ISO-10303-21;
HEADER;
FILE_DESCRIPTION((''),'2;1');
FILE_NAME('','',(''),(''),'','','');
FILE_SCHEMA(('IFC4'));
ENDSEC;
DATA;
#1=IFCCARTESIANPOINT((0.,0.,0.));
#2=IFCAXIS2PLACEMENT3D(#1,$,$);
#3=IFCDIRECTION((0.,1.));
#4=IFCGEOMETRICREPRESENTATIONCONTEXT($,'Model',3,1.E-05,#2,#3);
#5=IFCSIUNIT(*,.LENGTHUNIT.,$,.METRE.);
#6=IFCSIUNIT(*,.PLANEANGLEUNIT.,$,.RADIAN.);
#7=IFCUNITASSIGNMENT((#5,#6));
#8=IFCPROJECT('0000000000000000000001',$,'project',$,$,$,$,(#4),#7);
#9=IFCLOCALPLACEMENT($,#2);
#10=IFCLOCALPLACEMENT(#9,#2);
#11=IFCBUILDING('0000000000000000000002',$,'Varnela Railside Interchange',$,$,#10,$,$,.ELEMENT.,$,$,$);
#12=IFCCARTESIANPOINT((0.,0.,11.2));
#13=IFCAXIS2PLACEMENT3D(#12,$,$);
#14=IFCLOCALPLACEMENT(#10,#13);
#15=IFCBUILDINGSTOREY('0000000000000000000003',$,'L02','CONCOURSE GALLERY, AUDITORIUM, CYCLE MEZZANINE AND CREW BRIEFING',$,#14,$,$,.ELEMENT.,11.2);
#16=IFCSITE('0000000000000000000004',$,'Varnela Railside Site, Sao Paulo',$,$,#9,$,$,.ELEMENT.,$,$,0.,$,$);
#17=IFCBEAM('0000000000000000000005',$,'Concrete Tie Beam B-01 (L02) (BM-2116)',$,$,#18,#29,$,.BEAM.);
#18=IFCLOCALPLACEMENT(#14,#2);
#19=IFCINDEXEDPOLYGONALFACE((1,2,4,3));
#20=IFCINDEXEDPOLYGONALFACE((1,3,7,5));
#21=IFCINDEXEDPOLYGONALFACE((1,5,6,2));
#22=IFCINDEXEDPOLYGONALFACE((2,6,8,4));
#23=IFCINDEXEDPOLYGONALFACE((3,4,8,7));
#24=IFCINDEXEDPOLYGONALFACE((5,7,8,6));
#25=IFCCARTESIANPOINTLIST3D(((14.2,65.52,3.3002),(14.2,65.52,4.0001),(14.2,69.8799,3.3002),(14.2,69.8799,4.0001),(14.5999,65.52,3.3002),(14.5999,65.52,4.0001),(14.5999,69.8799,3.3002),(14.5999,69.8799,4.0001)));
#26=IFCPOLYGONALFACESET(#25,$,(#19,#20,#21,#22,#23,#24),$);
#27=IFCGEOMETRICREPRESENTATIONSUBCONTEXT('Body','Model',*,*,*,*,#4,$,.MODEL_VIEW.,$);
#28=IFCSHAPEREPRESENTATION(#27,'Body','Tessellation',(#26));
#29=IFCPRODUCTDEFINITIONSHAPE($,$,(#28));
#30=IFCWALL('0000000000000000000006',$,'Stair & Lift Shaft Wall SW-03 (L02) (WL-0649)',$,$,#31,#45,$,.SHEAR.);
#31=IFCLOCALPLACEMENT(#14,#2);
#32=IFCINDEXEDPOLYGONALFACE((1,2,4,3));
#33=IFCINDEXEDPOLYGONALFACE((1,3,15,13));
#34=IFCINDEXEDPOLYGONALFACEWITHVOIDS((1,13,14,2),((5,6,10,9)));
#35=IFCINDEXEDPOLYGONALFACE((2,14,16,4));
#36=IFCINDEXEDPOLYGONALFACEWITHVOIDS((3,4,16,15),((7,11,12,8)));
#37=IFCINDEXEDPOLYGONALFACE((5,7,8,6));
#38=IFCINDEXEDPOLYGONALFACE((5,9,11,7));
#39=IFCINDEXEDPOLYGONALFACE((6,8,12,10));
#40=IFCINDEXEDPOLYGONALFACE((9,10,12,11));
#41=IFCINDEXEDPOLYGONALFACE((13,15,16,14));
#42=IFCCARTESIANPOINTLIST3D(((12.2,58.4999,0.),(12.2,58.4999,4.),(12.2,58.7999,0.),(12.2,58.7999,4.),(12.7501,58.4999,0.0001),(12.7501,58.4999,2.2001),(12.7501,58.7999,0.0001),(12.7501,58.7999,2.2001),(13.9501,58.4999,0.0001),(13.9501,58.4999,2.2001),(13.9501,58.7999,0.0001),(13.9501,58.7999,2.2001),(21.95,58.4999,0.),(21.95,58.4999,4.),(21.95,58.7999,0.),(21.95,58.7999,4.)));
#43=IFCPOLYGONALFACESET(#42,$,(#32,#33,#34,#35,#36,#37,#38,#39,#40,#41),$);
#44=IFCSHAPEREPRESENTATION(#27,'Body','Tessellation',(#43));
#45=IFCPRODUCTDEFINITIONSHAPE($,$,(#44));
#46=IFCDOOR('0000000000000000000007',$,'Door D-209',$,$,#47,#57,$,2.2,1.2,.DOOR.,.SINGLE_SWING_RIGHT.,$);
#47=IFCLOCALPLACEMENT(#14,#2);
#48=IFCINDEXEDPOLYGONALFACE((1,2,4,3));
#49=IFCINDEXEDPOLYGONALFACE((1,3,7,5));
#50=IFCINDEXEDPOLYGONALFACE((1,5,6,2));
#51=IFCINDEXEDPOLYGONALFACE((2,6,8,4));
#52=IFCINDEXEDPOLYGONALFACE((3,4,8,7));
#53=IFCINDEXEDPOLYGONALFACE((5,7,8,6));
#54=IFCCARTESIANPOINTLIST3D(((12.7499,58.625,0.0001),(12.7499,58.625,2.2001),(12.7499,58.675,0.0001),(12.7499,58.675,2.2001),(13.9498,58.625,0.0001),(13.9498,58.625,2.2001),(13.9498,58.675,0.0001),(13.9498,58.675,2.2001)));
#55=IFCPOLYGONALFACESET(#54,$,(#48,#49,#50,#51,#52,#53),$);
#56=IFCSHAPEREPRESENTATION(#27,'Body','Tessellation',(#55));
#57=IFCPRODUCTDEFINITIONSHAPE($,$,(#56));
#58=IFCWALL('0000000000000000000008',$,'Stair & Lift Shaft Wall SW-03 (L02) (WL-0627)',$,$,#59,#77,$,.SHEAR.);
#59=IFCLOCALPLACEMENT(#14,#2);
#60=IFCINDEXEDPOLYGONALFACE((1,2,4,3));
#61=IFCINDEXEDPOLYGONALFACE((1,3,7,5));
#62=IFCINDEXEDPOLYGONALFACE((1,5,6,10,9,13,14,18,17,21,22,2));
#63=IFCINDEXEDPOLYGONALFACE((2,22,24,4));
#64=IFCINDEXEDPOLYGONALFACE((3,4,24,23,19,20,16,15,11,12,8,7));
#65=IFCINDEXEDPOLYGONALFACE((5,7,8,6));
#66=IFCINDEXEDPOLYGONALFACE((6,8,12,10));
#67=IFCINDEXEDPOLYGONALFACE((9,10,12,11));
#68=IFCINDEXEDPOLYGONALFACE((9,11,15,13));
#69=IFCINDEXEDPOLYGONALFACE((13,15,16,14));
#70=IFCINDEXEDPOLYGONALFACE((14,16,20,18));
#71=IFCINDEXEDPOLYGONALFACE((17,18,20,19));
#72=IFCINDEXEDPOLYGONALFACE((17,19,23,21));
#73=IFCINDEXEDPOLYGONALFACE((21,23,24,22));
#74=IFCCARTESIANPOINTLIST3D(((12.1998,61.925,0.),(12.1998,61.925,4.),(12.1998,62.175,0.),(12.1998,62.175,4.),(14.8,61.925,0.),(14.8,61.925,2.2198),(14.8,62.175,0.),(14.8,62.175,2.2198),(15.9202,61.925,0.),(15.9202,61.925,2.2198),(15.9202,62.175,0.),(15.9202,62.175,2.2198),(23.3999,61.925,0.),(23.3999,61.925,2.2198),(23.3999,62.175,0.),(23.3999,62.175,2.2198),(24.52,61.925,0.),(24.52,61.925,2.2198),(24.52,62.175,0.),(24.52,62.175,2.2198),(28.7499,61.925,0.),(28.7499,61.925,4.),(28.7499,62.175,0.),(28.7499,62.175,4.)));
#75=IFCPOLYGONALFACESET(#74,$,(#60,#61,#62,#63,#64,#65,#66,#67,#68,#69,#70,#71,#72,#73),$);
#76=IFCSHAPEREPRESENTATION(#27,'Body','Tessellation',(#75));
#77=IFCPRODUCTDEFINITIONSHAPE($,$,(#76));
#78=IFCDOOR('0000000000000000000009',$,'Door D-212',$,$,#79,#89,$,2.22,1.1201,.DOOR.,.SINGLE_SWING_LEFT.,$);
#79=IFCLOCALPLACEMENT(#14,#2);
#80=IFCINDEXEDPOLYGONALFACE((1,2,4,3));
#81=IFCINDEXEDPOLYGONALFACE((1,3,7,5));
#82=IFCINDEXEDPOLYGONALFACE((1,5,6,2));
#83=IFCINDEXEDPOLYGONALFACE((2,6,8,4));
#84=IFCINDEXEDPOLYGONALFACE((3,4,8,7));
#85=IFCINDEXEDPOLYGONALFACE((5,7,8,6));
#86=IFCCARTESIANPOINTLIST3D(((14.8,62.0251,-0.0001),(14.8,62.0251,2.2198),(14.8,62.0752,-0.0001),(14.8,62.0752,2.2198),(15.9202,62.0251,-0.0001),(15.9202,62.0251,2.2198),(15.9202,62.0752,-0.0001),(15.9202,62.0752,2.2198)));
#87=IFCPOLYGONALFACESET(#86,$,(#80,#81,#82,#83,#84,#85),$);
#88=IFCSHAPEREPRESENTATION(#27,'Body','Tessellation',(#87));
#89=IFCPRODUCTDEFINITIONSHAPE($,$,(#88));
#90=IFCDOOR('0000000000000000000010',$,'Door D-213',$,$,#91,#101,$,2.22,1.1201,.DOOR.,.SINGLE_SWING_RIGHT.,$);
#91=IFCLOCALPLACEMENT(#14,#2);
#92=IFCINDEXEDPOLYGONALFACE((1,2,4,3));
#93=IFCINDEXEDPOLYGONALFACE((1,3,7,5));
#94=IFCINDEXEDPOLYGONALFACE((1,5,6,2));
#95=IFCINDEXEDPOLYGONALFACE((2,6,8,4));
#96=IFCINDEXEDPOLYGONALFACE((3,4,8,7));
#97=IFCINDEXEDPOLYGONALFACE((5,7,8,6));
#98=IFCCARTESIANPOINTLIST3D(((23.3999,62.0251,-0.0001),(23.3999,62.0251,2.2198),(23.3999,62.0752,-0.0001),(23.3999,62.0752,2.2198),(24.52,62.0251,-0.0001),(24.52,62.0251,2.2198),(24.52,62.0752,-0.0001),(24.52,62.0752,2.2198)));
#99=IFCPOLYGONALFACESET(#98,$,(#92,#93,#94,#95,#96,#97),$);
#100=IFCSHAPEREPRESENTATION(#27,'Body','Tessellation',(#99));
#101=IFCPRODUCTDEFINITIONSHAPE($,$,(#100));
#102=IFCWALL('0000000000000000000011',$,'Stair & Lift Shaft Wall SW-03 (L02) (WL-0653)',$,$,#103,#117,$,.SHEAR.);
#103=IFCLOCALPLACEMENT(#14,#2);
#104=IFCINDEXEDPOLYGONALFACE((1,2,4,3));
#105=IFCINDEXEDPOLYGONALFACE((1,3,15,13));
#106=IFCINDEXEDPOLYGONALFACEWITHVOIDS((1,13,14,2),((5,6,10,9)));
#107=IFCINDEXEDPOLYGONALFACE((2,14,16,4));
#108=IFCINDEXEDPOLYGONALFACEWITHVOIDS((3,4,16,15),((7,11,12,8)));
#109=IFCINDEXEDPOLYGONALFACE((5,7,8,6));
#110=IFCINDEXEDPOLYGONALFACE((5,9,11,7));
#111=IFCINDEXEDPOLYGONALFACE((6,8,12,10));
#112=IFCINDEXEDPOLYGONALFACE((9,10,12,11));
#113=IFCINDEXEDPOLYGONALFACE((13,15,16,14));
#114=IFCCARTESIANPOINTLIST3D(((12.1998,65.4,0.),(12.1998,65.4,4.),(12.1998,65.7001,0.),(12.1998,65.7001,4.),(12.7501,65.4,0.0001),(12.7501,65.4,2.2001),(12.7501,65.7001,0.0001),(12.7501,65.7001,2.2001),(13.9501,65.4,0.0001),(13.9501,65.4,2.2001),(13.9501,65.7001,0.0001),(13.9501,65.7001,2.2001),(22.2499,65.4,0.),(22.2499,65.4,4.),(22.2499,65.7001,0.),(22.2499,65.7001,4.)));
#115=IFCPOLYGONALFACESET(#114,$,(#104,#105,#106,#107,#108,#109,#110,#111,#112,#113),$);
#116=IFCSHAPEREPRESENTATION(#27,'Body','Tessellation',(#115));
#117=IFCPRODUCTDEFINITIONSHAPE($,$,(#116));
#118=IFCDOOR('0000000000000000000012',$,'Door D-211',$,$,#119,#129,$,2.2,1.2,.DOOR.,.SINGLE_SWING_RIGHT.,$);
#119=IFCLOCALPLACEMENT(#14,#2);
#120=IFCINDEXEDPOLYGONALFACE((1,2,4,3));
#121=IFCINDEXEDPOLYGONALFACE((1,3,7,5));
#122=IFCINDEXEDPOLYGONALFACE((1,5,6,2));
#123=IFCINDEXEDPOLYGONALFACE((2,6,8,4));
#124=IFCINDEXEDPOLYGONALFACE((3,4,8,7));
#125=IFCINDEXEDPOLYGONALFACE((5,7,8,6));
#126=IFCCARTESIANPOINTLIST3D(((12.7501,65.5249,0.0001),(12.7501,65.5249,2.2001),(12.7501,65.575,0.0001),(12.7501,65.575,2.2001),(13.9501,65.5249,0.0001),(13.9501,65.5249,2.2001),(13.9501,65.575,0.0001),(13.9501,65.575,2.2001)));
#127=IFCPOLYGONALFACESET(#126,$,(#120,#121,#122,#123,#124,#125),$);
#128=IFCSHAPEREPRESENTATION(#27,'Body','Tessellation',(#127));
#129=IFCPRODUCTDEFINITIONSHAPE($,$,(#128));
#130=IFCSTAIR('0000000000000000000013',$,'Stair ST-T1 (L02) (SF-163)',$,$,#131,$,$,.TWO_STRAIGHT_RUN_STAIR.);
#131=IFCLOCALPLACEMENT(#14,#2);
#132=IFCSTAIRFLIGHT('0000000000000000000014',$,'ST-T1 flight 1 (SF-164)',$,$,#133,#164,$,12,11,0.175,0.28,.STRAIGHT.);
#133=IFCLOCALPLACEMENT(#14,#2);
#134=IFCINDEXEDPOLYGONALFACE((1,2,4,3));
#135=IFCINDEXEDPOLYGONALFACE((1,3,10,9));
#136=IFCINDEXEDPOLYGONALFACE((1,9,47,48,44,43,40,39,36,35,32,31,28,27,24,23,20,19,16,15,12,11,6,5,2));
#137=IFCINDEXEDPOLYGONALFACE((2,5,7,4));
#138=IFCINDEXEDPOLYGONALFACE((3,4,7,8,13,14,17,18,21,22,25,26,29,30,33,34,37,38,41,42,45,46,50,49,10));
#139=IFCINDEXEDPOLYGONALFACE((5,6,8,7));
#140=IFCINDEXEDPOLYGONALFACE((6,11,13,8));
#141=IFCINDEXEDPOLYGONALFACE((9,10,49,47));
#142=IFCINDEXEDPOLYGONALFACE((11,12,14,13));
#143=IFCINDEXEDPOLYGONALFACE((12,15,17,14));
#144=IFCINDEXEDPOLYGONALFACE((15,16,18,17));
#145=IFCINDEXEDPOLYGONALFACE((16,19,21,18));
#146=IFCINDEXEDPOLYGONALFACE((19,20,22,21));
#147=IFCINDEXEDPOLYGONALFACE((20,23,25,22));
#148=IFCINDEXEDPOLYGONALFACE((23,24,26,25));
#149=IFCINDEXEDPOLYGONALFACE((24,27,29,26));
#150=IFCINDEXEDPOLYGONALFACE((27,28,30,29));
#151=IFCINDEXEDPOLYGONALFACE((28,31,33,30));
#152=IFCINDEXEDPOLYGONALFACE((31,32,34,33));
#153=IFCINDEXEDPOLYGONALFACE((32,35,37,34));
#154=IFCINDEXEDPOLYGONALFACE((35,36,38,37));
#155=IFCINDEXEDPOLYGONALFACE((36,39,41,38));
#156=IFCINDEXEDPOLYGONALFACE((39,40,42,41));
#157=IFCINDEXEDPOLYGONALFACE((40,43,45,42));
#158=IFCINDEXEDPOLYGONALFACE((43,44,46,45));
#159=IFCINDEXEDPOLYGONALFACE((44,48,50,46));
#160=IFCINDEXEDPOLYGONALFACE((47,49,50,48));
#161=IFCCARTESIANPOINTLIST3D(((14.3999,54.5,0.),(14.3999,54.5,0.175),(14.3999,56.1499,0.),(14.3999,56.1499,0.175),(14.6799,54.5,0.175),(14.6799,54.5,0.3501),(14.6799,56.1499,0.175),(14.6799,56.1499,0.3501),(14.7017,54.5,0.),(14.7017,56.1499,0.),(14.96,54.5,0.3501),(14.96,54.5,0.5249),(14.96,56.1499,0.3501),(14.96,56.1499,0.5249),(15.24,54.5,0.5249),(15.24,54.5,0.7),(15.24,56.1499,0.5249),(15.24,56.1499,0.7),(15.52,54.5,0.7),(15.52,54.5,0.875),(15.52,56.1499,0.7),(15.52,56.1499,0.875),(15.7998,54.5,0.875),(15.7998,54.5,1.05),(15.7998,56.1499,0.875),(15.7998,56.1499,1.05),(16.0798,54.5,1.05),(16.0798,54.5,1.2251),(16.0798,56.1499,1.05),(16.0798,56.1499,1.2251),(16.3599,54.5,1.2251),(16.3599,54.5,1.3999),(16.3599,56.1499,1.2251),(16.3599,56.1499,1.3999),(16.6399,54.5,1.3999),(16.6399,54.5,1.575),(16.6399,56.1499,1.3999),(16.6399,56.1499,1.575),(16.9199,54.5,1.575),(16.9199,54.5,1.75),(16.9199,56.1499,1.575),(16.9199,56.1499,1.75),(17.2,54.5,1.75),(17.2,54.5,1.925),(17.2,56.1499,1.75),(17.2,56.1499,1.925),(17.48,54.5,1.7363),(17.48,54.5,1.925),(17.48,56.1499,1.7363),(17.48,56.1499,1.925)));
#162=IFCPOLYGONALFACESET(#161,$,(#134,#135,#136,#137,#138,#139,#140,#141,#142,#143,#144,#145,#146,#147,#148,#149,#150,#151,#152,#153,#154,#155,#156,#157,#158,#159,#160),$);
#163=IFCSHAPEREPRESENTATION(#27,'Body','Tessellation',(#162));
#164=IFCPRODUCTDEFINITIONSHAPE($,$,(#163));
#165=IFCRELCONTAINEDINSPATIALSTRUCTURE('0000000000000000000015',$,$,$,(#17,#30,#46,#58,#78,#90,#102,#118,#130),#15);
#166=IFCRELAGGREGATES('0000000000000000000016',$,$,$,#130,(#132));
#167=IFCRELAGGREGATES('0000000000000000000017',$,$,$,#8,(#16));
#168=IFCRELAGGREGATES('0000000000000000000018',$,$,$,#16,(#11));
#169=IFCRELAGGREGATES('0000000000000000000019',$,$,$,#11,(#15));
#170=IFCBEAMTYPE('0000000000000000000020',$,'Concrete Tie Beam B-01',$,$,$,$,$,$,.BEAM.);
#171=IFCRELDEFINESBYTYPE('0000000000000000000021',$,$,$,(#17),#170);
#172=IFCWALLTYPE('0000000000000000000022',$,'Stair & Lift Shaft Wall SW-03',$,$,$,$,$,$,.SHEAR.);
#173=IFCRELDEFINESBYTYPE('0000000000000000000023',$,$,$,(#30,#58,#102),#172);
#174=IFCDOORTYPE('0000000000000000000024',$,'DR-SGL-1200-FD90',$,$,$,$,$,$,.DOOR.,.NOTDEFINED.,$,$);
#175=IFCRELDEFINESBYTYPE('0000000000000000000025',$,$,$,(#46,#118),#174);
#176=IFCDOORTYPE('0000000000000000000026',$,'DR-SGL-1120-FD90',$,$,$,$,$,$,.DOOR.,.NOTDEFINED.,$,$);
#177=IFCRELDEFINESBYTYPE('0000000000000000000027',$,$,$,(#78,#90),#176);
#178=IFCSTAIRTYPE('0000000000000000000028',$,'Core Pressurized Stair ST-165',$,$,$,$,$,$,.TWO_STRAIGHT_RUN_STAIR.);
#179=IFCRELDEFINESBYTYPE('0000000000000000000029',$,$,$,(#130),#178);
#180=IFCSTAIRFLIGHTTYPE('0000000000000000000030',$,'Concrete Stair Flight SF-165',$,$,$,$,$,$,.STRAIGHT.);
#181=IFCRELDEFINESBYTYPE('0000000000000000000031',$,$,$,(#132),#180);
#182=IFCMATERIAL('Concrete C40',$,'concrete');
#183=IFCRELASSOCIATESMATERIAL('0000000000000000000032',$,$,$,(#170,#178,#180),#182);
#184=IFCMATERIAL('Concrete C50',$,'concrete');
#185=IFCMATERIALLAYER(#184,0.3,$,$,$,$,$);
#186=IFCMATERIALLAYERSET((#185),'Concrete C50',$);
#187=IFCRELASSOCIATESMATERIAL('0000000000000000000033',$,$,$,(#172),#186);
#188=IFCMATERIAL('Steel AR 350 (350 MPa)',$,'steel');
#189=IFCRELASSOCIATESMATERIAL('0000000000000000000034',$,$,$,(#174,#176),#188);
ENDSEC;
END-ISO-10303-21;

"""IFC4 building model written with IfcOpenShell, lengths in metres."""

from ifc_helpers import new_model, si_unit, direction, frame, frame_2d, origin, origin_2d, place, context, subcontext, project, spatial, polyline, rectangle, outline, extrude, material, layer, layer_set, material_profile, profile_set, type_object, element, fill, aggregate, save


model = new_model("IFC4")

# Units and contexts
model_context = context("Model", 3, precision=1e-05, world=origin(), true_north=direction((0.0, 1.0)))
body_context = subcontext(model_context, "Body", "Model", "MODEL_VIEW")
ifc_project = project(units=[si_unit("LENGTHUNIT", "METRE"), si_unit("PLANEANGLEUNIT", "RADIAN")], contexts=[model_context])

# Site, building, storey
site_placement = place(None, origin())
site = spatial("IfcSite", under=ifc_project, at=site_placement, Name="Varnela Railside Site, Sao Paulo", CompositionType="ELEMENT", RefElevation=0.0)
building_placement = place(site_placement, origin())
building = spatial("IfcBuilding", under=site, at=building_placement, Name="Varnela Railside Interchange", CompositionType="ELEMENT")
storey_placement = place(building_placement, frame((0.0, 0.0, 11.2)))
storey = spatial("IfcBuildingStorey", under=building, at=storey_placement, Name="L02", Description="CONCOURSE GALLERY, AUDITORIUM, CYCLE MEZZANINE AND CREW BRIEFING", CompositionType="ELEMENT", Elevation=11.2)

# Beam
ifc_material_1 = material(Name="Concrete C40", Category="concrete")
ifc_material_profile = material_profile(ifc_material_1, rectangle(XDim=0.3999, YDim=0.7, at=origin_2d()), Name="RC 400x700")
ifc_profile_set = profile_set([ifc_material_profile], Name="Concrete C40")
beam_type = type_object("IfcBeamType", Name="Concrete Tie Beam B-01", PredefinedType="BEAM", material=ifc_profile_set)
beam_placement = place(storey_placement, frame((14.3999, 65.52, 3.6501), z_axis=(0.0, 1.0, 0.0), x_axis=(-1.0, 0.0, 0.0)))
element("IfcBeam", 1, at=beam_placement, inside=storey, type_object=beam_type, Name="Concrete Tie Beam B-01 (L02) (BM-2116)", PredefinedType="BEAM", context=body_context, shape_type="SweptSolid", body=[
    extrude(rectangle(XDim=0.3999, YDim=0.7, at=origin_2d()), origin(), (0.0, 0.0, 1.0), 4.3599),
])

# Wall, opening, door
ifc_material_2 = material(Name="Concrete C50", Category="concrete")
ifc_layer = layer(ifc_material_2, 0.3)
ifc_layer_set = layer_set([ifc_layer], Name="Concrete C50")
wall_type = type_object("IfcWallType", Name="Stair & Lift Shaft Wall SW-03", PredefinedType="SHEAR", material=ifc_layer_set)
wall_1_placement = place(storey_placement, frame((12.2, 58.6499, 0.0), z_axis=(0.0, 0.0, 1.0), x_axis=(1.0, 0.0, 0.0)))
wall_1 = element("IfcWall", 2, at=wall_1_placement, inside=storey, type_object=wall_type, Name="Stair & Lift Shaft Wall SW-03 (L02) (WL-0649)", PredefinedType="SHEAR", context=body_context, shape_type="SweptSolid", body=[
    extrude(rectangle(XDim=9.75, YDim=0.3, at=frame_2d((4.875, 0.0))), origin(), (0.0, 0.0, 1.0), 4.0),
])
opening_1_placement = place(wall_1_placement, frame((0.55, 0.0, 0.0)))
opening_1 = element("IfcOpeningElement", 3, at=opening_1_placement, cuts=wall_1, PredefinedType="OPENING", context=body_context, shape_type="SweptSolid", body=[
    extrude(rectangle(XDim=1.2, YDim=2.2, at=frame_2d((0.6001, 1.1001))), frame((0.0, 0.1599, 0.0), z_axis=(0.0, -1.0, 0.0), x_axis=(1.0, 0.0, 0.0)), (0.0, 0.0, 1.0), 0.3201),
])
ifc_material_3 = material(Name="Steel AR 350 (350 MPa)", Category="steel")
door_type_1 = type_object("IfcDoorType", Name="DR-SGL-1200-FD90", OperationType="NOTDEFINED", PredefinedType="DOOR", material=ifc_material_3)
door_1_placement = place(opening_1_placement, frame((1.2, 0.0, 0.0), z_axis=(0.0, 0.0, 1.0), x_axis=(-1.0, 0.0, 0.0)))
door_1 = element("IfcDoor", 4, at=door_1_placement, inside=storey, type_object=door_type_1, Name="Door D-209", OperationType="SINGLE_SWING_RIGHT", OverallHeight=2.2, OverallWidth=1.2, PredefinedType="DOOR", context=body_context, shape_type="SweptSolid", body=[
    extrude(rectangle(XDim=1.2, YDim=2.2, at=frame_2d((0.6001, 1.1001))), frame((0.0, 0.0249, 0.0), z_axis=(0.0, -1.0, 0.0), x_axis=(1.0, 0.0, 0.0)), (0.0, 0.0, 1.0), 0.05),
])
fill(opening_1, door_1)

# Wall, openings, doors
wall_2_placement = place(storey_placement, frame((12.2, 62.05, 0.0), z_axis=(0.0, 0.0, 1.0), x_axis=(1.0, 0.0, 0.0)))
wall_2 = element("IfcWall", 5, at=wall_2_placement, inside=storey, type_object=wall_type, Name="Stair & Lift Shaft Wall SW-03 (L02) (WL-0627)", PredefinedType="SHEAR", context=body_context, shape_type="SweptSolid", body=[
    extrude(rectangle(XDim=16.55, YDim=0.25, at=frame_2d((8.2749, 0.0))), origin(), (0.0, 0.0, 1.0), 4.0),
])
opening_2_placement = place(wall_2_placement, frame((2.6001, 0.0, 0.0)))
opening_2 = element("IfcOpeningElement", 6, at=opening_2_placement, cuts=wall_2, PredefinedType="OPENING", context=body_context, shape_type="SweptSolid", body=[
    extrude(rectangle(XDim=1.1201, YDim=2.22, at=frame_2d((0.5601, 1.1099))), frame((0.0, 0.135, 0.0), z_axis=(0.0, -1.0, 0.0), x_axis=(1.0, 0.0, 0.0)), (0.0, 0.0, 1.0), 0.27),
])
opening_3_placement = place(wall_2_placement, frame((11.2, 0.0, 0.0)))
opening_3 = element("IfcOpeningElement", 7, at=opening_3_placement, cuts=wall_2, PredefinedType="OPENING", context=body_context, shape_type="SweptSolid", body=[
    extrude(rectangle(XDim=1.1201, YDim=2.22, at=frame_2d((0.5601, 1.1099))), frame((0.0, 0.135, 0.0), z_axis=(0.0, -1.0, 0.0), x_axis=(1.0, 0.0, 0.0)), (0.0, 0.0, 1.0), 0.27),
])
door_type_2 = type_object("IfcDoorType", Name="DR-SGL-1120-FD90", OperationType="NOTDEFINED", PredefinedType="DOOR", material=ifc_material_3)
door_2_placement = place(opening_2_placement, frame((1.1201, 0.0, 0.0), z_axis=(0.0, 0.0, 1.0), x_axis=(-1.0, 0.0, 0.0)))
door_2 = element("IfcDoor", 8, at=door_2_placement, inside=storey, type_object=door_type_2, Name="Door D-212", OperationType="SINGLE_SWING_LEFT", OverallHeight=2.22, OverallWidth=1.1201, PredefinedType="DOOR", context=body_context, shape_type="SweptSolid", body=[
    extrude(rectangle(XDim=1.1201, YDim=2.22, at=frame_2d((0.5601, 1.1099))), frame((0.0, 0.0249, 0.0), z_axis=(0.0, -1.0, 0.0), x_axis=(1.0, 0.0, 0.0)), (0.0, 0.0, 1.0), 0.05),
])
fill(opening_2, door_2)
door_3_placement = place(opening_3_placement, frame((1.1201, 0.0, 0.0), z_axis=(0.0, 0.0, 1.0), x_axis=(-1.0, 0.0, 0.0)))
door_3 = element("IfcDoor", 9, at=door_3_placement, inside=storey, type_object=door_type_2, Name="Door D-213", OperationType="SINGLE_SWING_RIGHT", OverallHeight=2.22, OverallWidth=1.1201, PredefinedType="DOOR", context=body_context, shape_type="SweptSolid", body=[
    extrude(rectangle(XDim=1.1201, YDim=2.22, at=frame_2d((0.5601, 1.1099))), frame((0.0, 0.0249, 0.0), z_axis=(0.0, -1.0, 0.0), x_axis=(1.0, 0.0, 0.0)), (0.0, 0.0, 1.0), 0.05),
])
fill(opening_3, door_3)

# Wall, opening, door
wall_3_placement = place(storey_placement, frame((12.2, 65.55, 0.0), z_axis=(0.0, 0.0, 1.0), x_axis=(1.0, 0.0, 0.0)))
wall_3 = element("IfcWall", 10, at=wall_3_placement, inside=storey, type_object=wall_type, Name="Stair & Lift Shaft Wall SW-03 (L02) (WL-0653)", PredefinedType="SHEAR", context=body_context, shape_type="SweptSolid", body=[
    extrude(rectangle(XDim=10.05, YDim=0.3, at=frame_2d((5.0249, 0.0))), origin(), (0.0, 0.0, 1.0), 4.0),
])
opening_4_placement = place(wall_3_placement, frame((0.55, 0.0, 0.0)))
opening_4 = element("IfcOpeningElement", 11, at=opening_4_placement, cuts=wall_3, PredefinedType="OPENING", context=body_context, shape_type="SweptSolid", body=[
    extrude(rectangle(XDim=1.2, YDim=2.2, at=frame_2d((0.6001, 1.1001))), frame((0.0, 0.1599, 0.0), z_axis=(0.0, -1.0, 0.0), x_axis=(1.0, 0.0, 0.0)), (0.0, 0.0, 1.0), 0.3201),
])
door_4_placement = place(opening_4_placement, origin())
door_4 = element("IfcDoor", 12, at=door_4_placement, inside=storey, type_object=door_type_1, Name="Door D-211", OperationType="SINGLE_SWING_RIGHT", OverallHeight=2.2, OverallWidth=1.2, PredefinedType="DOOR", context=body_context, shape_type="SweptSolid", body=[
    extrude(rectangle(XDim=1.2, YDim=2.2, at=frame_2d((0.6001, 1.1001))), frame((0.0, 0.0249, 0.0), z_axis=(0.0, -1.0, 0.0), x_axis=(1.0, 0.0, 0.0)), (0.0, 0.0, 1.0), 0.05),
])
fill(opening_4, door_4)

# Stair, stair flight
stair_type = type_object("IfcStairType", Name="Core Pressurized Stair ST-165", PredefinedType="TWO_STRAIGHT_RUN_STAIR", material=ifc_material_1)
stair_1_placement = place(storey_placement, origin())
stair_1 = element("IfcStair", 13, at=stair_1_placement, inside=storey, type_object=stair_type, Name="Stair ST-T1 (L02) (SF-163)", PredefinedType="TWO_STRAIGHT_RUN_STAIR")
stair_flight_type = type_object("IfcStairFlightType", Name="Concrete Stair Flight SF-165", PredefinedType="STRAIGHT", material=ifc_material_1)
stair_flight_1_placement = place(storey_placement, frame((14.3999, 55.325, 0.0), z_axis=(0.0, 0.0, 1.0), x_axis=(1.0, 0.0, 0.0)))
stair_flight_1 = element("IfcStairFlight", 14, at=stair_flight_1_placement, type_object=stair_flight_type, Name="ST-T1 flight 1 (SF-164)", NumberOfRisers=12, NumberOfTreads=11, PredefinedType="STRAIGHT", RiserHeight=0.175, TreadLength=0.28, context=body_context, shape_type="SweptSolid", body=[
    extrude(outline(polyline([(0.0, 0.0), (0.0, 0.175), (0.28, 0.175), (0.28, 0.3501), (0.5601, 0.3501), (0.5601, 0.5249), (0.8401, 0.5249), (0.8401, 0.7), (1.1201, 0.7), (1.1201, 0.875), (1.3999, 0.875), (1.3999, 1.05), (1.6799, 1.05), (1.6799, 1.2251), (1.96, 1.2251), (1.96, 1.3999), (2.24, 1.3999), (2.24, 1.575), (2.52, 1.575), (2.52, 1.75), (2.8, 1.75), (2.8, 1.925), (3.0801, 1.925), (3.0801, 2.1001), (3.0801, 1.7363), (0.3018, 0.0), (0.0, 0.0)])), frame((0.0, 0.825, 0.0), z_axis=(0.0, -1.0, 0.0), x_axis=(1.0, 0.0, 0.0)), (0.0, 0.0, 1.0), 1.6499),
])
aggregate(stair_1, [stair_flight_1])

save(model, "model.ifc")
